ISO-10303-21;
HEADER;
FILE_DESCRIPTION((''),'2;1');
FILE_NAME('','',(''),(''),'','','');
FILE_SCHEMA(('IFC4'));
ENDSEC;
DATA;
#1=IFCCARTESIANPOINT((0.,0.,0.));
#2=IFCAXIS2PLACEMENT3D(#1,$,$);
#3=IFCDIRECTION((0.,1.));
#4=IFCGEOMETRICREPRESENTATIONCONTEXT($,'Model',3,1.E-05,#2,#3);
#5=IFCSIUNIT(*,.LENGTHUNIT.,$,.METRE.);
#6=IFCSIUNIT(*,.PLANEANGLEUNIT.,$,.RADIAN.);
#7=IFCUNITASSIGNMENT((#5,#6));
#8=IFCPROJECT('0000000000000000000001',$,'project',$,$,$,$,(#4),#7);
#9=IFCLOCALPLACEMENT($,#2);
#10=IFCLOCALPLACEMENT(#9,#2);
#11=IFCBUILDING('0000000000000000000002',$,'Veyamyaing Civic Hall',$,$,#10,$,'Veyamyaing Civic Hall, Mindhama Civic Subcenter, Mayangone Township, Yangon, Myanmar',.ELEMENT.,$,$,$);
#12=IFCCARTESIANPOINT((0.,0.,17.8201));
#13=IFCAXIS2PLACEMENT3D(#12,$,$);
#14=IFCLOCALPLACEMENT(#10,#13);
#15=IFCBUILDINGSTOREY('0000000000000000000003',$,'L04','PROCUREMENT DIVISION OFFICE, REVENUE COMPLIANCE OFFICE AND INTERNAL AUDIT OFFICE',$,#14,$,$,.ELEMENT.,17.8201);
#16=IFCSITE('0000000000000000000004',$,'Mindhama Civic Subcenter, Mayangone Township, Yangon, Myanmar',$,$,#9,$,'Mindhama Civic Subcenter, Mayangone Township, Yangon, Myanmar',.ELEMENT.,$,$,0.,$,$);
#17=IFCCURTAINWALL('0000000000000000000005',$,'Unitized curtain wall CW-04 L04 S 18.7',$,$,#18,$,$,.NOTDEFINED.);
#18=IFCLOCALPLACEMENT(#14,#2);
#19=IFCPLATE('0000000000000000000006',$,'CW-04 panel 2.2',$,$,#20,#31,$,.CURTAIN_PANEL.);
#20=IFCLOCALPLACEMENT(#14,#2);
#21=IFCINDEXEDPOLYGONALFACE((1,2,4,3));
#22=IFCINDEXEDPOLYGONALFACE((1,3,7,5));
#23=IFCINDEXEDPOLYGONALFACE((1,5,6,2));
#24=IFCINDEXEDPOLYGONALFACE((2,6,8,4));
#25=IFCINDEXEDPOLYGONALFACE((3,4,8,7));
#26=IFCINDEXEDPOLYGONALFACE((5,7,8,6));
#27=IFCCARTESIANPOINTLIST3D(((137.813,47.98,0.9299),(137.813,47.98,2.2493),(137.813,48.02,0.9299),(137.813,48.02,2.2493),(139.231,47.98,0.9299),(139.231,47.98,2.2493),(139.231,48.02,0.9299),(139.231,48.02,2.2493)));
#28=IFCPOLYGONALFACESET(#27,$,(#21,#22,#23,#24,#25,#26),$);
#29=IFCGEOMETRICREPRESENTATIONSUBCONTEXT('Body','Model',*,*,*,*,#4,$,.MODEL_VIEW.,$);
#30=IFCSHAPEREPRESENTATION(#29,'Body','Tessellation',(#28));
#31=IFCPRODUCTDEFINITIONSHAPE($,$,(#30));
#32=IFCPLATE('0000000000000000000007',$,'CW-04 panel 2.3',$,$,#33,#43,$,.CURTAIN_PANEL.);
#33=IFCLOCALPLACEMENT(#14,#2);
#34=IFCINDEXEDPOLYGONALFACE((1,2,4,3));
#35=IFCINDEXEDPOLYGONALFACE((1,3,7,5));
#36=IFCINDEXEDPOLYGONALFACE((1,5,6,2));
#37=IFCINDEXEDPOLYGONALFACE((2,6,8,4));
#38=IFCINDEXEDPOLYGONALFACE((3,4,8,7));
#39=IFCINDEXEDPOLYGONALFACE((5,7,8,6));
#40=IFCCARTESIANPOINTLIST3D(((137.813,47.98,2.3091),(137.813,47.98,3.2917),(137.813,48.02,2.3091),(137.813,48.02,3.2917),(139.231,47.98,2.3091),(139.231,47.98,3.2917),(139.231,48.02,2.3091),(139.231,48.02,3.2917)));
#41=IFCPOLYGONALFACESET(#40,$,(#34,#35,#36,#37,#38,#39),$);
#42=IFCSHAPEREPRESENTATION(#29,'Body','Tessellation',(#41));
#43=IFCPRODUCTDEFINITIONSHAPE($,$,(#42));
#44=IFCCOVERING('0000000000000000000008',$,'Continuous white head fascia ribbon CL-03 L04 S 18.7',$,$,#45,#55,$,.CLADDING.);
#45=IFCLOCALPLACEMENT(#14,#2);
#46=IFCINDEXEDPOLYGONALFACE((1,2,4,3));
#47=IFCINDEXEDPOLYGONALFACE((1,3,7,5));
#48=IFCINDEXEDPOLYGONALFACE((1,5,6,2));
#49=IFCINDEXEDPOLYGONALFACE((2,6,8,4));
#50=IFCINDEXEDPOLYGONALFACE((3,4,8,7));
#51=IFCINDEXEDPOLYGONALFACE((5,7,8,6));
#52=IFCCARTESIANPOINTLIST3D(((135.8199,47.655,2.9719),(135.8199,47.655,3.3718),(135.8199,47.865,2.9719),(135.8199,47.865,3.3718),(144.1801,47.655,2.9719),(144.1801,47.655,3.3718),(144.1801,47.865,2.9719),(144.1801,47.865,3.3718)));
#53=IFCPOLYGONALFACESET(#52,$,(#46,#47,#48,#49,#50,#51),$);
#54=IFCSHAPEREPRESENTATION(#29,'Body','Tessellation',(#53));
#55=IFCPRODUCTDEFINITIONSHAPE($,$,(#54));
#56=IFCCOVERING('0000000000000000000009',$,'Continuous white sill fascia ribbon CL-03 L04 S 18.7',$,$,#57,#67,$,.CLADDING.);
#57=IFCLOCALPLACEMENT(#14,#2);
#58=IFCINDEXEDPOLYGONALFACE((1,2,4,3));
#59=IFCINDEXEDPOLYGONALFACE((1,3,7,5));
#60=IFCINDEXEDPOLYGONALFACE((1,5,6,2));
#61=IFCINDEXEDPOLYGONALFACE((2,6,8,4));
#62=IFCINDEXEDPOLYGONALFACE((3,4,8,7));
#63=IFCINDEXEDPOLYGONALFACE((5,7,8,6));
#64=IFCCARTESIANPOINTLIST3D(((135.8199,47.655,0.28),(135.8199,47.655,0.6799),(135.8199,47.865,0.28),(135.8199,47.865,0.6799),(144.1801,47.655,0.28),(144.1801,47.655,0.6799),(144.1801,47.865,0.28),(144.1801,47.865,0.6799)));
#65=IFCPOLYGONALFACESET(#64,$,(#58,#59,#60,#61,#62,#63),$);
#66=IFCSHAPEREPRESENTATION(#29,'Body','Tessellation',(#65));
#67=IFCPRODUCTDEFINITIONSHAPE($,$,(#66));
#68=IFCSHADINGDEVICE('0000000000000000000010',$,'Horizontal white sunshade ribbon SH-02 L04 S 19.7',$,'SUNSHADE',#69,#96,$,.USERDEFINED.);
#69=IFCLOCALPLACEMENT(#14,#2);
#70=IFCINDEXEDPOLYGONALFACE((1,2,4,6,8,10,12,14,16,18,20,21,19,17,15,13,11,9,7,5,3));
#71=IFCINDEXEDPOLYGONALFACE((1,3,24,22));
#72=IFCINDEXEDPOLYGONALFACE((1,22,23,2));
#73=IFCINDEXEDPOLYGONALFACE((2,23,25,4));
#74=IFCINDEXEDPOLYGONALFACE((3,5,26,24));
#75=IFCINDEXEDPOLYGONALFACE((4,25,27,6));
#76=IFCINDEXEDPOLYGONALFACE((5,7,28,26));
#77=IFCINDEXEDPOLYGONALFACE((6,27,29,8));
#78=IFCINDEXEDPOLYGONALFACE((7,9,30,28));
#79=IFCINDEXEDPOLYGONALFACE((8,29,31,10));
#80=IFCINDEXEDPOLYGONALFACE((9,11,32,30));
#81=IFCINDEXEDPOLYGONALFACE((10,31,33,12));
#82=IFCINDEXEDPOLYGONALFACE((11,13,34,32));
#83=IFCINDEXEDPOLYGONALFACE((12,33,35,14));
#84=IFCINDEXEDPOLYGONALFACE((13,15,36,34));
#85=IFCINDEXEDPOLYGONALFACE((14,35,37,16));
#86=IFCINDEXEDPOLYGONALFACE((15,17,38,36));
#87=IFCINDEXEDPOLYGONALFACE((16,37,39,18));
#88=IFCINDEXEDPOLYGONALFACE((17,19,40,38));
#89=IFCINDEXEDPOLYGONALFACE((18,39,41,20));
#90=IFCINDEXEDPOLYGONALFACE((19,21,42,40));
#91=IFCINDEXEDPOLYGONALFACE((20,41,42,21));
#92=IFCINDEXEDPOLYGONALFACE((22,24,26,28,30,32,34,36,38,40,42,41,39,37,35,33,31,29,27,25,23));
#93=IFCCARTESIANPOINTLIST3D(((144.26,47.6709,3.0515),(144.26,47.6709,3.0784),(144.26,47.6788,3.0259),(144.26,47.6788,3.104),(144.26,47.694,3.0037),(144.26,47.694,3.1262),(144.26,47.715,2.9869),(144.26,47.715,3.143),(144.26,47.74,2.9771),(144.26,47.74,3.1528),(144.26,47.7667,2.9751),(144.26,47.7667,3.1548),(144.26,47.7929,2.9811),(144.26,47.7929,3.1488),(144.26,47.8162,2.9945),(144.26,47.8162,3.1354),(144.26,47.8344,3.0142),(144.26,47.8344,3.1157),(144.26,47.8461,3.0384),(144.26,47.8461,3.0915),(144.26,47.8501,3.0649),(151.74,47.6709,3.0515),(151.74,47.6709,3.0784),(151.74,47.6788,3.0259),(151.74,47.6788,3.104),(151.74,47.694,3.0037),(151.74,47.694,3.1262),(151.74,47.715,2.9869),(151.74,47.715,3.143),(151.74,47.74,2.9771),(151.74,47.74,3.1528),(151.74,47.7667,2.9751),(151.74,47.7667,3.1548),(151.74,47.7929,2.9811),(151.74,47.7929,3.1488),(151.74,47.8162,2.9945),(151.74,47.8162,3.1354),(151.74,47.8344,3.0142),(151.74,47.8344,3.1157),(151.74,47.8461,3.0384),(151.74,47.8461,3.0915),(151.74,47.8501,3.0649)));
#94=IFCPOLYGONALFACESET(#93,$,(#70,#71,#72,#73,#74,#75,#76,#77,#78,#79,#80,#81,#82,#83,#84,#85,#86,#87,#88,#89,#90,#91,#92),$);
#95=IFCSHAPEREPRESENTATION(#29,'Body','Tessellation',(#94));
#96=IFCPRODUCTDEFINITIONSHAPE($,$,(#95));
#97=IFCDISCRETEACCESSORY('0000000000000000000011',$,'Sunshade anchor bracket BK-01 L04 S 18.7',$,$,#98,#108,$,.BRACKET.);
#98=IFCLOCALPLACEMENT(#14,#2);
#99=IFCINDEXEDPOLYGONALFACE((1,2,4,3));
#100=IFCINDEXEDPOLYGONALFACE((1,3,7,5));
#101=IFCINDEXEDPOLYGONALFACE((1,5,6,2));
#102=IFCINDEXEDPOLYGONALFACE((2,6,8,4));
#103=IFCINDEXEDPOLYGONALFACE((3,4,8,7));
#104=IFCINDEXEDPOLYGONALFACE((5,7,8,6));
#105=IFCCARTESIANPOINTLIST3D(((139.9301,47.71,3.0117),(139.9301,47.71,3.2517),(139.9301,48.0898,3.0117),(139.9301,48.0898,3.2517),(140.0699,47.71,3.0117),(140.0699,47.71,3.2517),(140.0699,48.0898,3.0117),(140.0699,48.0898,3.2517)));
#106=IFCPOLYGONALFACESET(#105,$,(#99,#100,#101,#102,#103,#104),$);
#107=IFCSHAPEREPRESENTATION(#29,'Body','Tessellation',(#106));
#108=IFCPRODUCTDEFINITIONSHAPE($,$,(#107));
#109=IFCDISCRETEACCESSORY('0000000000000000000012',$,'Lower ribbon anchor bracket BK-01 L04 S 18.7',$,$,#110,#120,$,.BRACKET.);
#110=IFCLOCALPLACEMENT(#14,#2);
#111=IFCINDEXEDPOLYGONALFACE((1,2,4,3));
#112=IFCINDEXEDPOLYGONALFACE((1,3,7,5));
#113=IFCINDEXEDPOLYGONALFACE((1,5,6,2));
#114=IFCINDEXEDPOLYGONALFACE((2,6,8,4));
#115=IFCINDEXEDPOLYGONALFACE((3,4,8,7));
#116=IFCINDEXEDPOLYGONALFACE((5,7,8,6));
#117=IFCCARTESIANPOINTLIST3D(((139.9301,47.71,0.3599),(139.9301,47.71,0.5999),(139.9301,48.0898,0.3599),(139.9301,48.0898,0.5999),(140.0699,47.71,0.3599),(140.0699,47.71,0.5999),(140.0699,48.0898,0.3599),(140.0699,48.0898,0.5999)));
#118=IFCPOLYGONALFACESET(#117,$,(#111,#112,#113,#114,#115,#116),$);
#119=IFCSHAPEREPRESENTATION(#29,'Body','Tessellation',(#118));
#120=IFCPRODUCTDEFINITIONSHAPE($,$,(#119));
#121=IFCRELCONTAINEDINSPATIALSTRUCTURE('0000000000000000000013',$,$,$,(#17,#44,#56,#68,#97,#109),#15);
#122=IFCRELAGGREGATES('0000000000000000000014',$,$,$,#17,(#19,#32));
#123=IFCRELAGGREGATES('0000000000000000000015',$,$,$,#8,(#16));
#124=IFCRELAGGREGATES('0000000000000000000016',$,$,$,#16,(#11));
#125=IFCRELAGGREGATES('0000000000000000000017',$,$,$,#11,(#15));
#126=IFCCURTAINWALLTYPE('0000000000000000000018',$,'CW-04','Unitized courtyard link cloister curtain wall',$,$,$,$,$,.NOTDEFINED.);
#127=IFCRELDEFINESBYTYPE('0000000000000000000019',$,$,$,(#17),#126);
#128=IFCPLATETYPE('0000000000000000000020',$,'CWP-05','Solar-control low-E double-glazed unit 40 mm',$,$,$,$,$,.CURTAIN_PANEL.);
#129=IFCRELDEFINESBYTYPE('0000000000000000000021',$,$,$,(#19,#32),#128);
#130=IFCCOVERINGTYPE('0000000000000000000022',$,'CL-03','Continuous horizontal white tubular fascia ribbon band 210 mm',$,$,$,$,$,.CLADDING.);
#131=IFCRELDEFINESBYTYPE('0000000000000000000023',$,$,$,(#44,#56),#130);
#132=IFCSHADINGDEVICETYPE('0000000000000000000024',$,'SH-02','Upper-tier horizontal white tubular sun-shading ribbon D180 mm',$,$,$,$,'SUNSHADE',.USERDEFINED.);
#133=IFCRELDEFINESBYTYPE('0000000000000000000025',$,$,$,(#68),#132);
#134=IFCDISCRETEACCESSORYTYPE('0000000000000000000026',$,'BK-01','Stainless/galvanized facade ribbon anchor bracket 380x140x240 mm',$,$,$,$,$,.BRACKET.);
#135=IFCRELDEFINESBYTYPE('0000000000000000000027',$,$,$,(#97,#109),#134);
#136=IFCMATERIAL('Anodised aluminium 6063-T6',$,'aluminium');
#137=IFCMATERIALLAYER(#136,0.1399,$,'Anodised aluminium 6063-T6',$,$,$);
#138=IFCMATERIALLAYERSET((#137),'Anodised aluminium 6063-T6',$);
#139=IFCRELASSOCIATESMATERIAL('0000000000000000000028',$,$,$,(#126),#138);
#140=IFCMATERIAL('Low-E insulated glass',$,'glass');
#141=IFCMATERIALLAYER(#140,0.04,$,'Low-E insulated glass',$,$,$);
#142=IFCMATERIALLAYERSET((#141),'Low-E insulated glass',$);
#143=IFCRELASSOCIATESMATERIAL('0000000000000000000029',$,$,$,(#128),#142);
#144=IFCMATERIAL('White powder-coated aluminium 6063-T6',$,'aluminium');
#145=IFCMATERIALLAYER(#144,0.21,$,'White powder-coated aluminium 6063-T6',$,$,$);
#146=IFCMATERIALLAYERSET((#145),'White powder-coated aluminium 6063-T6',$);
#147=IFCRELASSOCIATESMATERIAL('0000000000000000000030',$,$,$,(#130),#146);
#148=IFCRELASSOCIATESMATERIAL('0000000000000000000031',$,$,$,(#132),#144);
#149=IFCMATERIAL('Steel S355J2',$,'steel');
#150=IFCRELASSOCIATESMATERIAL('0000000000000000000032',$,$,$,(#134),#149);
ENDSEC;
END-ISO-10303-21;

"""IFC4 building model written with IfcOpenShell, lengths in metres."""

from ifc_helpers import new_model, si_unit, direction, frame, origin, origin_2d, place, context, subcontext, project, spatial, rectangle, circle, extrude, material, layer, layer_set, material_profile, profile_set, type_object, element, aggregate, save


model = new_model("IFC4")

# Units and contexts
model_context = context("Model", 3, precision=1e-05, world=origin(), true_north=direction((0.0, 1.0)))
body_context = subcontext(model_context, "Body", "Model", "MODEL_VIEW")
ifc_project = project(units=[si_unit("LENGTHUNIT", "METRE"), si_unit("PLANEANGLEUNIT", "RADIAN")], contexts=[model_context])

# Site, building, storey
site_placement = place(None, origin())
site = spatial("IfcSite", under=ifc_project, at=site_placement, Name="Mindhama Civic Subcenter, Mayangone Township, Yangon, Myanmar", LongName="Mindhama Civic Subcenter, Mayangone Township, Yangon, Myanmar", CompositionType="ELEMENT", RefElevation=0.0)
building_placement = place(site_placement, origin())
building = spatial("IfcBuilding", under=site, at=building_placement, Name="Veyamyaing Civic Hall", LongName="Veyamyaing Civic Hall, Mindhama Civic Subcenter, Mayangone Township, Yangon, Myanmar", CompositionType="ELEMENT")
storey_placement = place(building_placement, frame((0.0, 0.0, 17.8201)))
storey = spatial("IfcBuildingStorey", under=building, at=storey_placement, Name="L04", Description="PROCUREMENT DIVISION OFFICE, REVENUE COMPLIANCE OFFICE AND INTERNAL AUDIT OFFICE", CompositionType="ELEMENT", Elevation=17.8201)

# Curtain wall, plates
ifc_material_1 = material(Name="Anodised aluminium 6063-T6", Category="aluminium")
ifc_layer_1 = layer(ifc_material_1, 0.1399, Name="Anodised aluminium 6063-T6")
ifc_layer_set_1 = layer_set([ifc_layer_1], Name="Anodised aluminium 6063-T6")
curtain_wall_type = type_object("IfcCurtainWallType", Name="CW-04", Description="Unitized courtyard link cloister curtain wall", PredefinedType="NOTDEFINED", material=ifc_layer_set_1)
curtain_wall_placement = place(storey_placement, origin())
curtain_wall = element("IfcCurtainWall", 1, at=curtain_wall_placement, inside=storey, type_object=curtain_wall_type, Name="Unitized curtain wall CW-04 L04 S 18.7", PredefinedType="NOTDEFINED")
ifc_material_2 = material(Name="Low-E insulated glass", Category="glass")
ifc_layer_2 = layer(ifc_material_2, 0.04, Name="Low-E insulated glass")
ifc_layer_set_2 = layer_set([ifc_layer_2], Name="Low-E insulated glass")
plate_type = type_object("IfcPlateType", Name="CWP-05", Description="Solar-control low-E double-glazed unit 40 mm", PredefinedType="CURTAIN_PANEL", material=ifc_layer_set_2)
plate_1_placement = place(storey_placement, frame((138.522, 48.0, 0.9299), z_axis=(0.0, 0.0, 1.0), x_axis=(1.0, 0.0, 0.0)))
plate_1 = element("IfcPlate", 2, at=plate_1_placement, type_object=plate_type, Name="CW-04 panel 2.2", PredefinedType="CURTAIN_PANEL", context=body_context, shape_type="SweptSolid", body=[
    extrude(rectangle(XDim=1.418, YDim=0.04, at=origin_2d()), origin(), (0.0, 0.0, 1.0), 1.3193),
])
plate_2_placement = place(storey_placement, frame((138.522, 48.0, 2.3091), z_axis=(0.0, 0.0, 1.0), x_axis=(1.0, 0.0, 0.0)))
plate_2 = element("IfcPlate", 3, at=plate_2_placement, type_object=plate_type, Name="CW-04 panel 2.3", PredefinedType="CURTAIN_PANEL", context=body_context, shape_type="SweptSolid", body=[
    extrude(rectangle(XDim=1.418, YDim=0.04, at=origin_2d()), origin(), (0.0, 0.0, 1.0), 0.9827),
])
aggregate(curtain_wall, [plate_1, plate_2])

# Coverings
ifc_material_3 = material(Name="White powder-coated aluminium 6063-T6", Category="aluminium")
ifc_layer_3 = layer(ifc_material_3, 0.21, Name="White powder-coated aluminium 6063-T6")
ifc_layer_set_3 = layer_set([ifc_layer_3], Name="White powder-coated aluminium 6063-T6")
covering_type = type_object("IfcCoveringType", Name="CL-03", Description="Continuous horizontal white tubular fascia ribbon band 210 mm", PredefinedType="CLADDING", material=ifc_layer_set_3)
for number, where, z_axis, x_axis, name in (
    (4, (140.0, 47.76, 2.9719), (0.0, 0.0, 1.0), (1.0, 0.0, 0.0), "Continuous white head fascia ribbon CL-03 L04 S 18.7"),
    (5, (140.0, 47.76, 0.28), (0.0, 0.0, 1.0), (1.0, 0.0, 0.0), "Continuous white sill fascia ribbon CL-03 L04 S 18.7"),
):
    element("IfcCovering", number, at=place(storey_placement, frame(where, z_axis=z_axis, x_axis=x_axis)), inside=storey, type_object=covering_type, Name=name, PredefinedType="CLADDING", context=body_context, shape_type="SweptSolid", body=[
        extrude(rectangle(XDim=8.3601, YDim=0.21, at=origin_2d()), origin(), (0.0, 0.0, 1.0), 0.3999),
    ])

# Shading device
ifc_material_profile_1 = material_profile(ifc_material_3, circle(Radius=0.0901, at=origin_2d()), Name="SHADE-TUBE-180")
ifc_profile_set_1 = profile_set([ifc_material_profile_1], Name="White powder-coated aluminium 6063-T6")
shading_device_type = type_object("IfcShadingDeviceType", Name="SH-02", Description="Upper-tier horizontal white tubular sun-shading ribbon D180 mm", ElementType="SUNSHADE", PredefinedType="USERDEFINED", material=ifc_profile_set_1)
shading_device_placement = place(storey_placement, frame((144.26, 47.76, 3.0649), z_axis=(1.0, 0.0, 0.0), x_axis=(0.0, 1.0, 0.0)))
element("IfcShadingDevice", 6, at=shading_device_placement, inside=storey, type_object=shading_device_type, Name="Horizontal white sunshade ribbon SH-02 L04 S 19.7", ObjectType="SUNSHADE", PredefinedType="USERDEFINED", context=body_context, shape_type="SweptSolid", body=[
    extrude(circle(Radius=0.0901, at=origin_2d()), origin(), (0.0, 0.0, 1.0), 7.48),
])

# Discrete accessories
ifc_material_4 = material(Name="Steel S355J2", Category="steel")
discrete_accessory_type = type_object("IfcDiscreteAccessoryType", Name="BK-01", Description="Stainless/galvanized facade ribbon anchor bracket 380x140x240 mm", PredefinedType="BRACKET", material=ifc_material_4)
for number, where, z_axis, x_axis, name in (
    (7, (140.0, 47.8999, 3.0117), (0.0, 0.0, 1.0), (0.0, -1.0, 0.0), "Sunshade anchor bracket BK-01 L04 S 18.7"),
    (8, (140.0, 47.8999, 0.3599), (0.0, 0.0, 1.0), (0.0, -1.0, 0.0), "Lower ribbon anchor bracket BK-01 L04 S 18.7"),
):
    element("IfcDiscreteAccessory", number, at=place(storey_placement, frame(where, z_axis=z_axis, x_axis=x_axis)), inside=storey, type_object=discrete_accessory_type, Name=name, PredefinedType="BRACKET", context=body_context, shape_type="SweptSolid", body=[
        extrude(rectangle(XDim=0.3799, YDim=0.1399, at=origin_2d()), origin(), (0.0, 0.0, 1.0), 0.24),
    ])

save(model, "model.ifc")
